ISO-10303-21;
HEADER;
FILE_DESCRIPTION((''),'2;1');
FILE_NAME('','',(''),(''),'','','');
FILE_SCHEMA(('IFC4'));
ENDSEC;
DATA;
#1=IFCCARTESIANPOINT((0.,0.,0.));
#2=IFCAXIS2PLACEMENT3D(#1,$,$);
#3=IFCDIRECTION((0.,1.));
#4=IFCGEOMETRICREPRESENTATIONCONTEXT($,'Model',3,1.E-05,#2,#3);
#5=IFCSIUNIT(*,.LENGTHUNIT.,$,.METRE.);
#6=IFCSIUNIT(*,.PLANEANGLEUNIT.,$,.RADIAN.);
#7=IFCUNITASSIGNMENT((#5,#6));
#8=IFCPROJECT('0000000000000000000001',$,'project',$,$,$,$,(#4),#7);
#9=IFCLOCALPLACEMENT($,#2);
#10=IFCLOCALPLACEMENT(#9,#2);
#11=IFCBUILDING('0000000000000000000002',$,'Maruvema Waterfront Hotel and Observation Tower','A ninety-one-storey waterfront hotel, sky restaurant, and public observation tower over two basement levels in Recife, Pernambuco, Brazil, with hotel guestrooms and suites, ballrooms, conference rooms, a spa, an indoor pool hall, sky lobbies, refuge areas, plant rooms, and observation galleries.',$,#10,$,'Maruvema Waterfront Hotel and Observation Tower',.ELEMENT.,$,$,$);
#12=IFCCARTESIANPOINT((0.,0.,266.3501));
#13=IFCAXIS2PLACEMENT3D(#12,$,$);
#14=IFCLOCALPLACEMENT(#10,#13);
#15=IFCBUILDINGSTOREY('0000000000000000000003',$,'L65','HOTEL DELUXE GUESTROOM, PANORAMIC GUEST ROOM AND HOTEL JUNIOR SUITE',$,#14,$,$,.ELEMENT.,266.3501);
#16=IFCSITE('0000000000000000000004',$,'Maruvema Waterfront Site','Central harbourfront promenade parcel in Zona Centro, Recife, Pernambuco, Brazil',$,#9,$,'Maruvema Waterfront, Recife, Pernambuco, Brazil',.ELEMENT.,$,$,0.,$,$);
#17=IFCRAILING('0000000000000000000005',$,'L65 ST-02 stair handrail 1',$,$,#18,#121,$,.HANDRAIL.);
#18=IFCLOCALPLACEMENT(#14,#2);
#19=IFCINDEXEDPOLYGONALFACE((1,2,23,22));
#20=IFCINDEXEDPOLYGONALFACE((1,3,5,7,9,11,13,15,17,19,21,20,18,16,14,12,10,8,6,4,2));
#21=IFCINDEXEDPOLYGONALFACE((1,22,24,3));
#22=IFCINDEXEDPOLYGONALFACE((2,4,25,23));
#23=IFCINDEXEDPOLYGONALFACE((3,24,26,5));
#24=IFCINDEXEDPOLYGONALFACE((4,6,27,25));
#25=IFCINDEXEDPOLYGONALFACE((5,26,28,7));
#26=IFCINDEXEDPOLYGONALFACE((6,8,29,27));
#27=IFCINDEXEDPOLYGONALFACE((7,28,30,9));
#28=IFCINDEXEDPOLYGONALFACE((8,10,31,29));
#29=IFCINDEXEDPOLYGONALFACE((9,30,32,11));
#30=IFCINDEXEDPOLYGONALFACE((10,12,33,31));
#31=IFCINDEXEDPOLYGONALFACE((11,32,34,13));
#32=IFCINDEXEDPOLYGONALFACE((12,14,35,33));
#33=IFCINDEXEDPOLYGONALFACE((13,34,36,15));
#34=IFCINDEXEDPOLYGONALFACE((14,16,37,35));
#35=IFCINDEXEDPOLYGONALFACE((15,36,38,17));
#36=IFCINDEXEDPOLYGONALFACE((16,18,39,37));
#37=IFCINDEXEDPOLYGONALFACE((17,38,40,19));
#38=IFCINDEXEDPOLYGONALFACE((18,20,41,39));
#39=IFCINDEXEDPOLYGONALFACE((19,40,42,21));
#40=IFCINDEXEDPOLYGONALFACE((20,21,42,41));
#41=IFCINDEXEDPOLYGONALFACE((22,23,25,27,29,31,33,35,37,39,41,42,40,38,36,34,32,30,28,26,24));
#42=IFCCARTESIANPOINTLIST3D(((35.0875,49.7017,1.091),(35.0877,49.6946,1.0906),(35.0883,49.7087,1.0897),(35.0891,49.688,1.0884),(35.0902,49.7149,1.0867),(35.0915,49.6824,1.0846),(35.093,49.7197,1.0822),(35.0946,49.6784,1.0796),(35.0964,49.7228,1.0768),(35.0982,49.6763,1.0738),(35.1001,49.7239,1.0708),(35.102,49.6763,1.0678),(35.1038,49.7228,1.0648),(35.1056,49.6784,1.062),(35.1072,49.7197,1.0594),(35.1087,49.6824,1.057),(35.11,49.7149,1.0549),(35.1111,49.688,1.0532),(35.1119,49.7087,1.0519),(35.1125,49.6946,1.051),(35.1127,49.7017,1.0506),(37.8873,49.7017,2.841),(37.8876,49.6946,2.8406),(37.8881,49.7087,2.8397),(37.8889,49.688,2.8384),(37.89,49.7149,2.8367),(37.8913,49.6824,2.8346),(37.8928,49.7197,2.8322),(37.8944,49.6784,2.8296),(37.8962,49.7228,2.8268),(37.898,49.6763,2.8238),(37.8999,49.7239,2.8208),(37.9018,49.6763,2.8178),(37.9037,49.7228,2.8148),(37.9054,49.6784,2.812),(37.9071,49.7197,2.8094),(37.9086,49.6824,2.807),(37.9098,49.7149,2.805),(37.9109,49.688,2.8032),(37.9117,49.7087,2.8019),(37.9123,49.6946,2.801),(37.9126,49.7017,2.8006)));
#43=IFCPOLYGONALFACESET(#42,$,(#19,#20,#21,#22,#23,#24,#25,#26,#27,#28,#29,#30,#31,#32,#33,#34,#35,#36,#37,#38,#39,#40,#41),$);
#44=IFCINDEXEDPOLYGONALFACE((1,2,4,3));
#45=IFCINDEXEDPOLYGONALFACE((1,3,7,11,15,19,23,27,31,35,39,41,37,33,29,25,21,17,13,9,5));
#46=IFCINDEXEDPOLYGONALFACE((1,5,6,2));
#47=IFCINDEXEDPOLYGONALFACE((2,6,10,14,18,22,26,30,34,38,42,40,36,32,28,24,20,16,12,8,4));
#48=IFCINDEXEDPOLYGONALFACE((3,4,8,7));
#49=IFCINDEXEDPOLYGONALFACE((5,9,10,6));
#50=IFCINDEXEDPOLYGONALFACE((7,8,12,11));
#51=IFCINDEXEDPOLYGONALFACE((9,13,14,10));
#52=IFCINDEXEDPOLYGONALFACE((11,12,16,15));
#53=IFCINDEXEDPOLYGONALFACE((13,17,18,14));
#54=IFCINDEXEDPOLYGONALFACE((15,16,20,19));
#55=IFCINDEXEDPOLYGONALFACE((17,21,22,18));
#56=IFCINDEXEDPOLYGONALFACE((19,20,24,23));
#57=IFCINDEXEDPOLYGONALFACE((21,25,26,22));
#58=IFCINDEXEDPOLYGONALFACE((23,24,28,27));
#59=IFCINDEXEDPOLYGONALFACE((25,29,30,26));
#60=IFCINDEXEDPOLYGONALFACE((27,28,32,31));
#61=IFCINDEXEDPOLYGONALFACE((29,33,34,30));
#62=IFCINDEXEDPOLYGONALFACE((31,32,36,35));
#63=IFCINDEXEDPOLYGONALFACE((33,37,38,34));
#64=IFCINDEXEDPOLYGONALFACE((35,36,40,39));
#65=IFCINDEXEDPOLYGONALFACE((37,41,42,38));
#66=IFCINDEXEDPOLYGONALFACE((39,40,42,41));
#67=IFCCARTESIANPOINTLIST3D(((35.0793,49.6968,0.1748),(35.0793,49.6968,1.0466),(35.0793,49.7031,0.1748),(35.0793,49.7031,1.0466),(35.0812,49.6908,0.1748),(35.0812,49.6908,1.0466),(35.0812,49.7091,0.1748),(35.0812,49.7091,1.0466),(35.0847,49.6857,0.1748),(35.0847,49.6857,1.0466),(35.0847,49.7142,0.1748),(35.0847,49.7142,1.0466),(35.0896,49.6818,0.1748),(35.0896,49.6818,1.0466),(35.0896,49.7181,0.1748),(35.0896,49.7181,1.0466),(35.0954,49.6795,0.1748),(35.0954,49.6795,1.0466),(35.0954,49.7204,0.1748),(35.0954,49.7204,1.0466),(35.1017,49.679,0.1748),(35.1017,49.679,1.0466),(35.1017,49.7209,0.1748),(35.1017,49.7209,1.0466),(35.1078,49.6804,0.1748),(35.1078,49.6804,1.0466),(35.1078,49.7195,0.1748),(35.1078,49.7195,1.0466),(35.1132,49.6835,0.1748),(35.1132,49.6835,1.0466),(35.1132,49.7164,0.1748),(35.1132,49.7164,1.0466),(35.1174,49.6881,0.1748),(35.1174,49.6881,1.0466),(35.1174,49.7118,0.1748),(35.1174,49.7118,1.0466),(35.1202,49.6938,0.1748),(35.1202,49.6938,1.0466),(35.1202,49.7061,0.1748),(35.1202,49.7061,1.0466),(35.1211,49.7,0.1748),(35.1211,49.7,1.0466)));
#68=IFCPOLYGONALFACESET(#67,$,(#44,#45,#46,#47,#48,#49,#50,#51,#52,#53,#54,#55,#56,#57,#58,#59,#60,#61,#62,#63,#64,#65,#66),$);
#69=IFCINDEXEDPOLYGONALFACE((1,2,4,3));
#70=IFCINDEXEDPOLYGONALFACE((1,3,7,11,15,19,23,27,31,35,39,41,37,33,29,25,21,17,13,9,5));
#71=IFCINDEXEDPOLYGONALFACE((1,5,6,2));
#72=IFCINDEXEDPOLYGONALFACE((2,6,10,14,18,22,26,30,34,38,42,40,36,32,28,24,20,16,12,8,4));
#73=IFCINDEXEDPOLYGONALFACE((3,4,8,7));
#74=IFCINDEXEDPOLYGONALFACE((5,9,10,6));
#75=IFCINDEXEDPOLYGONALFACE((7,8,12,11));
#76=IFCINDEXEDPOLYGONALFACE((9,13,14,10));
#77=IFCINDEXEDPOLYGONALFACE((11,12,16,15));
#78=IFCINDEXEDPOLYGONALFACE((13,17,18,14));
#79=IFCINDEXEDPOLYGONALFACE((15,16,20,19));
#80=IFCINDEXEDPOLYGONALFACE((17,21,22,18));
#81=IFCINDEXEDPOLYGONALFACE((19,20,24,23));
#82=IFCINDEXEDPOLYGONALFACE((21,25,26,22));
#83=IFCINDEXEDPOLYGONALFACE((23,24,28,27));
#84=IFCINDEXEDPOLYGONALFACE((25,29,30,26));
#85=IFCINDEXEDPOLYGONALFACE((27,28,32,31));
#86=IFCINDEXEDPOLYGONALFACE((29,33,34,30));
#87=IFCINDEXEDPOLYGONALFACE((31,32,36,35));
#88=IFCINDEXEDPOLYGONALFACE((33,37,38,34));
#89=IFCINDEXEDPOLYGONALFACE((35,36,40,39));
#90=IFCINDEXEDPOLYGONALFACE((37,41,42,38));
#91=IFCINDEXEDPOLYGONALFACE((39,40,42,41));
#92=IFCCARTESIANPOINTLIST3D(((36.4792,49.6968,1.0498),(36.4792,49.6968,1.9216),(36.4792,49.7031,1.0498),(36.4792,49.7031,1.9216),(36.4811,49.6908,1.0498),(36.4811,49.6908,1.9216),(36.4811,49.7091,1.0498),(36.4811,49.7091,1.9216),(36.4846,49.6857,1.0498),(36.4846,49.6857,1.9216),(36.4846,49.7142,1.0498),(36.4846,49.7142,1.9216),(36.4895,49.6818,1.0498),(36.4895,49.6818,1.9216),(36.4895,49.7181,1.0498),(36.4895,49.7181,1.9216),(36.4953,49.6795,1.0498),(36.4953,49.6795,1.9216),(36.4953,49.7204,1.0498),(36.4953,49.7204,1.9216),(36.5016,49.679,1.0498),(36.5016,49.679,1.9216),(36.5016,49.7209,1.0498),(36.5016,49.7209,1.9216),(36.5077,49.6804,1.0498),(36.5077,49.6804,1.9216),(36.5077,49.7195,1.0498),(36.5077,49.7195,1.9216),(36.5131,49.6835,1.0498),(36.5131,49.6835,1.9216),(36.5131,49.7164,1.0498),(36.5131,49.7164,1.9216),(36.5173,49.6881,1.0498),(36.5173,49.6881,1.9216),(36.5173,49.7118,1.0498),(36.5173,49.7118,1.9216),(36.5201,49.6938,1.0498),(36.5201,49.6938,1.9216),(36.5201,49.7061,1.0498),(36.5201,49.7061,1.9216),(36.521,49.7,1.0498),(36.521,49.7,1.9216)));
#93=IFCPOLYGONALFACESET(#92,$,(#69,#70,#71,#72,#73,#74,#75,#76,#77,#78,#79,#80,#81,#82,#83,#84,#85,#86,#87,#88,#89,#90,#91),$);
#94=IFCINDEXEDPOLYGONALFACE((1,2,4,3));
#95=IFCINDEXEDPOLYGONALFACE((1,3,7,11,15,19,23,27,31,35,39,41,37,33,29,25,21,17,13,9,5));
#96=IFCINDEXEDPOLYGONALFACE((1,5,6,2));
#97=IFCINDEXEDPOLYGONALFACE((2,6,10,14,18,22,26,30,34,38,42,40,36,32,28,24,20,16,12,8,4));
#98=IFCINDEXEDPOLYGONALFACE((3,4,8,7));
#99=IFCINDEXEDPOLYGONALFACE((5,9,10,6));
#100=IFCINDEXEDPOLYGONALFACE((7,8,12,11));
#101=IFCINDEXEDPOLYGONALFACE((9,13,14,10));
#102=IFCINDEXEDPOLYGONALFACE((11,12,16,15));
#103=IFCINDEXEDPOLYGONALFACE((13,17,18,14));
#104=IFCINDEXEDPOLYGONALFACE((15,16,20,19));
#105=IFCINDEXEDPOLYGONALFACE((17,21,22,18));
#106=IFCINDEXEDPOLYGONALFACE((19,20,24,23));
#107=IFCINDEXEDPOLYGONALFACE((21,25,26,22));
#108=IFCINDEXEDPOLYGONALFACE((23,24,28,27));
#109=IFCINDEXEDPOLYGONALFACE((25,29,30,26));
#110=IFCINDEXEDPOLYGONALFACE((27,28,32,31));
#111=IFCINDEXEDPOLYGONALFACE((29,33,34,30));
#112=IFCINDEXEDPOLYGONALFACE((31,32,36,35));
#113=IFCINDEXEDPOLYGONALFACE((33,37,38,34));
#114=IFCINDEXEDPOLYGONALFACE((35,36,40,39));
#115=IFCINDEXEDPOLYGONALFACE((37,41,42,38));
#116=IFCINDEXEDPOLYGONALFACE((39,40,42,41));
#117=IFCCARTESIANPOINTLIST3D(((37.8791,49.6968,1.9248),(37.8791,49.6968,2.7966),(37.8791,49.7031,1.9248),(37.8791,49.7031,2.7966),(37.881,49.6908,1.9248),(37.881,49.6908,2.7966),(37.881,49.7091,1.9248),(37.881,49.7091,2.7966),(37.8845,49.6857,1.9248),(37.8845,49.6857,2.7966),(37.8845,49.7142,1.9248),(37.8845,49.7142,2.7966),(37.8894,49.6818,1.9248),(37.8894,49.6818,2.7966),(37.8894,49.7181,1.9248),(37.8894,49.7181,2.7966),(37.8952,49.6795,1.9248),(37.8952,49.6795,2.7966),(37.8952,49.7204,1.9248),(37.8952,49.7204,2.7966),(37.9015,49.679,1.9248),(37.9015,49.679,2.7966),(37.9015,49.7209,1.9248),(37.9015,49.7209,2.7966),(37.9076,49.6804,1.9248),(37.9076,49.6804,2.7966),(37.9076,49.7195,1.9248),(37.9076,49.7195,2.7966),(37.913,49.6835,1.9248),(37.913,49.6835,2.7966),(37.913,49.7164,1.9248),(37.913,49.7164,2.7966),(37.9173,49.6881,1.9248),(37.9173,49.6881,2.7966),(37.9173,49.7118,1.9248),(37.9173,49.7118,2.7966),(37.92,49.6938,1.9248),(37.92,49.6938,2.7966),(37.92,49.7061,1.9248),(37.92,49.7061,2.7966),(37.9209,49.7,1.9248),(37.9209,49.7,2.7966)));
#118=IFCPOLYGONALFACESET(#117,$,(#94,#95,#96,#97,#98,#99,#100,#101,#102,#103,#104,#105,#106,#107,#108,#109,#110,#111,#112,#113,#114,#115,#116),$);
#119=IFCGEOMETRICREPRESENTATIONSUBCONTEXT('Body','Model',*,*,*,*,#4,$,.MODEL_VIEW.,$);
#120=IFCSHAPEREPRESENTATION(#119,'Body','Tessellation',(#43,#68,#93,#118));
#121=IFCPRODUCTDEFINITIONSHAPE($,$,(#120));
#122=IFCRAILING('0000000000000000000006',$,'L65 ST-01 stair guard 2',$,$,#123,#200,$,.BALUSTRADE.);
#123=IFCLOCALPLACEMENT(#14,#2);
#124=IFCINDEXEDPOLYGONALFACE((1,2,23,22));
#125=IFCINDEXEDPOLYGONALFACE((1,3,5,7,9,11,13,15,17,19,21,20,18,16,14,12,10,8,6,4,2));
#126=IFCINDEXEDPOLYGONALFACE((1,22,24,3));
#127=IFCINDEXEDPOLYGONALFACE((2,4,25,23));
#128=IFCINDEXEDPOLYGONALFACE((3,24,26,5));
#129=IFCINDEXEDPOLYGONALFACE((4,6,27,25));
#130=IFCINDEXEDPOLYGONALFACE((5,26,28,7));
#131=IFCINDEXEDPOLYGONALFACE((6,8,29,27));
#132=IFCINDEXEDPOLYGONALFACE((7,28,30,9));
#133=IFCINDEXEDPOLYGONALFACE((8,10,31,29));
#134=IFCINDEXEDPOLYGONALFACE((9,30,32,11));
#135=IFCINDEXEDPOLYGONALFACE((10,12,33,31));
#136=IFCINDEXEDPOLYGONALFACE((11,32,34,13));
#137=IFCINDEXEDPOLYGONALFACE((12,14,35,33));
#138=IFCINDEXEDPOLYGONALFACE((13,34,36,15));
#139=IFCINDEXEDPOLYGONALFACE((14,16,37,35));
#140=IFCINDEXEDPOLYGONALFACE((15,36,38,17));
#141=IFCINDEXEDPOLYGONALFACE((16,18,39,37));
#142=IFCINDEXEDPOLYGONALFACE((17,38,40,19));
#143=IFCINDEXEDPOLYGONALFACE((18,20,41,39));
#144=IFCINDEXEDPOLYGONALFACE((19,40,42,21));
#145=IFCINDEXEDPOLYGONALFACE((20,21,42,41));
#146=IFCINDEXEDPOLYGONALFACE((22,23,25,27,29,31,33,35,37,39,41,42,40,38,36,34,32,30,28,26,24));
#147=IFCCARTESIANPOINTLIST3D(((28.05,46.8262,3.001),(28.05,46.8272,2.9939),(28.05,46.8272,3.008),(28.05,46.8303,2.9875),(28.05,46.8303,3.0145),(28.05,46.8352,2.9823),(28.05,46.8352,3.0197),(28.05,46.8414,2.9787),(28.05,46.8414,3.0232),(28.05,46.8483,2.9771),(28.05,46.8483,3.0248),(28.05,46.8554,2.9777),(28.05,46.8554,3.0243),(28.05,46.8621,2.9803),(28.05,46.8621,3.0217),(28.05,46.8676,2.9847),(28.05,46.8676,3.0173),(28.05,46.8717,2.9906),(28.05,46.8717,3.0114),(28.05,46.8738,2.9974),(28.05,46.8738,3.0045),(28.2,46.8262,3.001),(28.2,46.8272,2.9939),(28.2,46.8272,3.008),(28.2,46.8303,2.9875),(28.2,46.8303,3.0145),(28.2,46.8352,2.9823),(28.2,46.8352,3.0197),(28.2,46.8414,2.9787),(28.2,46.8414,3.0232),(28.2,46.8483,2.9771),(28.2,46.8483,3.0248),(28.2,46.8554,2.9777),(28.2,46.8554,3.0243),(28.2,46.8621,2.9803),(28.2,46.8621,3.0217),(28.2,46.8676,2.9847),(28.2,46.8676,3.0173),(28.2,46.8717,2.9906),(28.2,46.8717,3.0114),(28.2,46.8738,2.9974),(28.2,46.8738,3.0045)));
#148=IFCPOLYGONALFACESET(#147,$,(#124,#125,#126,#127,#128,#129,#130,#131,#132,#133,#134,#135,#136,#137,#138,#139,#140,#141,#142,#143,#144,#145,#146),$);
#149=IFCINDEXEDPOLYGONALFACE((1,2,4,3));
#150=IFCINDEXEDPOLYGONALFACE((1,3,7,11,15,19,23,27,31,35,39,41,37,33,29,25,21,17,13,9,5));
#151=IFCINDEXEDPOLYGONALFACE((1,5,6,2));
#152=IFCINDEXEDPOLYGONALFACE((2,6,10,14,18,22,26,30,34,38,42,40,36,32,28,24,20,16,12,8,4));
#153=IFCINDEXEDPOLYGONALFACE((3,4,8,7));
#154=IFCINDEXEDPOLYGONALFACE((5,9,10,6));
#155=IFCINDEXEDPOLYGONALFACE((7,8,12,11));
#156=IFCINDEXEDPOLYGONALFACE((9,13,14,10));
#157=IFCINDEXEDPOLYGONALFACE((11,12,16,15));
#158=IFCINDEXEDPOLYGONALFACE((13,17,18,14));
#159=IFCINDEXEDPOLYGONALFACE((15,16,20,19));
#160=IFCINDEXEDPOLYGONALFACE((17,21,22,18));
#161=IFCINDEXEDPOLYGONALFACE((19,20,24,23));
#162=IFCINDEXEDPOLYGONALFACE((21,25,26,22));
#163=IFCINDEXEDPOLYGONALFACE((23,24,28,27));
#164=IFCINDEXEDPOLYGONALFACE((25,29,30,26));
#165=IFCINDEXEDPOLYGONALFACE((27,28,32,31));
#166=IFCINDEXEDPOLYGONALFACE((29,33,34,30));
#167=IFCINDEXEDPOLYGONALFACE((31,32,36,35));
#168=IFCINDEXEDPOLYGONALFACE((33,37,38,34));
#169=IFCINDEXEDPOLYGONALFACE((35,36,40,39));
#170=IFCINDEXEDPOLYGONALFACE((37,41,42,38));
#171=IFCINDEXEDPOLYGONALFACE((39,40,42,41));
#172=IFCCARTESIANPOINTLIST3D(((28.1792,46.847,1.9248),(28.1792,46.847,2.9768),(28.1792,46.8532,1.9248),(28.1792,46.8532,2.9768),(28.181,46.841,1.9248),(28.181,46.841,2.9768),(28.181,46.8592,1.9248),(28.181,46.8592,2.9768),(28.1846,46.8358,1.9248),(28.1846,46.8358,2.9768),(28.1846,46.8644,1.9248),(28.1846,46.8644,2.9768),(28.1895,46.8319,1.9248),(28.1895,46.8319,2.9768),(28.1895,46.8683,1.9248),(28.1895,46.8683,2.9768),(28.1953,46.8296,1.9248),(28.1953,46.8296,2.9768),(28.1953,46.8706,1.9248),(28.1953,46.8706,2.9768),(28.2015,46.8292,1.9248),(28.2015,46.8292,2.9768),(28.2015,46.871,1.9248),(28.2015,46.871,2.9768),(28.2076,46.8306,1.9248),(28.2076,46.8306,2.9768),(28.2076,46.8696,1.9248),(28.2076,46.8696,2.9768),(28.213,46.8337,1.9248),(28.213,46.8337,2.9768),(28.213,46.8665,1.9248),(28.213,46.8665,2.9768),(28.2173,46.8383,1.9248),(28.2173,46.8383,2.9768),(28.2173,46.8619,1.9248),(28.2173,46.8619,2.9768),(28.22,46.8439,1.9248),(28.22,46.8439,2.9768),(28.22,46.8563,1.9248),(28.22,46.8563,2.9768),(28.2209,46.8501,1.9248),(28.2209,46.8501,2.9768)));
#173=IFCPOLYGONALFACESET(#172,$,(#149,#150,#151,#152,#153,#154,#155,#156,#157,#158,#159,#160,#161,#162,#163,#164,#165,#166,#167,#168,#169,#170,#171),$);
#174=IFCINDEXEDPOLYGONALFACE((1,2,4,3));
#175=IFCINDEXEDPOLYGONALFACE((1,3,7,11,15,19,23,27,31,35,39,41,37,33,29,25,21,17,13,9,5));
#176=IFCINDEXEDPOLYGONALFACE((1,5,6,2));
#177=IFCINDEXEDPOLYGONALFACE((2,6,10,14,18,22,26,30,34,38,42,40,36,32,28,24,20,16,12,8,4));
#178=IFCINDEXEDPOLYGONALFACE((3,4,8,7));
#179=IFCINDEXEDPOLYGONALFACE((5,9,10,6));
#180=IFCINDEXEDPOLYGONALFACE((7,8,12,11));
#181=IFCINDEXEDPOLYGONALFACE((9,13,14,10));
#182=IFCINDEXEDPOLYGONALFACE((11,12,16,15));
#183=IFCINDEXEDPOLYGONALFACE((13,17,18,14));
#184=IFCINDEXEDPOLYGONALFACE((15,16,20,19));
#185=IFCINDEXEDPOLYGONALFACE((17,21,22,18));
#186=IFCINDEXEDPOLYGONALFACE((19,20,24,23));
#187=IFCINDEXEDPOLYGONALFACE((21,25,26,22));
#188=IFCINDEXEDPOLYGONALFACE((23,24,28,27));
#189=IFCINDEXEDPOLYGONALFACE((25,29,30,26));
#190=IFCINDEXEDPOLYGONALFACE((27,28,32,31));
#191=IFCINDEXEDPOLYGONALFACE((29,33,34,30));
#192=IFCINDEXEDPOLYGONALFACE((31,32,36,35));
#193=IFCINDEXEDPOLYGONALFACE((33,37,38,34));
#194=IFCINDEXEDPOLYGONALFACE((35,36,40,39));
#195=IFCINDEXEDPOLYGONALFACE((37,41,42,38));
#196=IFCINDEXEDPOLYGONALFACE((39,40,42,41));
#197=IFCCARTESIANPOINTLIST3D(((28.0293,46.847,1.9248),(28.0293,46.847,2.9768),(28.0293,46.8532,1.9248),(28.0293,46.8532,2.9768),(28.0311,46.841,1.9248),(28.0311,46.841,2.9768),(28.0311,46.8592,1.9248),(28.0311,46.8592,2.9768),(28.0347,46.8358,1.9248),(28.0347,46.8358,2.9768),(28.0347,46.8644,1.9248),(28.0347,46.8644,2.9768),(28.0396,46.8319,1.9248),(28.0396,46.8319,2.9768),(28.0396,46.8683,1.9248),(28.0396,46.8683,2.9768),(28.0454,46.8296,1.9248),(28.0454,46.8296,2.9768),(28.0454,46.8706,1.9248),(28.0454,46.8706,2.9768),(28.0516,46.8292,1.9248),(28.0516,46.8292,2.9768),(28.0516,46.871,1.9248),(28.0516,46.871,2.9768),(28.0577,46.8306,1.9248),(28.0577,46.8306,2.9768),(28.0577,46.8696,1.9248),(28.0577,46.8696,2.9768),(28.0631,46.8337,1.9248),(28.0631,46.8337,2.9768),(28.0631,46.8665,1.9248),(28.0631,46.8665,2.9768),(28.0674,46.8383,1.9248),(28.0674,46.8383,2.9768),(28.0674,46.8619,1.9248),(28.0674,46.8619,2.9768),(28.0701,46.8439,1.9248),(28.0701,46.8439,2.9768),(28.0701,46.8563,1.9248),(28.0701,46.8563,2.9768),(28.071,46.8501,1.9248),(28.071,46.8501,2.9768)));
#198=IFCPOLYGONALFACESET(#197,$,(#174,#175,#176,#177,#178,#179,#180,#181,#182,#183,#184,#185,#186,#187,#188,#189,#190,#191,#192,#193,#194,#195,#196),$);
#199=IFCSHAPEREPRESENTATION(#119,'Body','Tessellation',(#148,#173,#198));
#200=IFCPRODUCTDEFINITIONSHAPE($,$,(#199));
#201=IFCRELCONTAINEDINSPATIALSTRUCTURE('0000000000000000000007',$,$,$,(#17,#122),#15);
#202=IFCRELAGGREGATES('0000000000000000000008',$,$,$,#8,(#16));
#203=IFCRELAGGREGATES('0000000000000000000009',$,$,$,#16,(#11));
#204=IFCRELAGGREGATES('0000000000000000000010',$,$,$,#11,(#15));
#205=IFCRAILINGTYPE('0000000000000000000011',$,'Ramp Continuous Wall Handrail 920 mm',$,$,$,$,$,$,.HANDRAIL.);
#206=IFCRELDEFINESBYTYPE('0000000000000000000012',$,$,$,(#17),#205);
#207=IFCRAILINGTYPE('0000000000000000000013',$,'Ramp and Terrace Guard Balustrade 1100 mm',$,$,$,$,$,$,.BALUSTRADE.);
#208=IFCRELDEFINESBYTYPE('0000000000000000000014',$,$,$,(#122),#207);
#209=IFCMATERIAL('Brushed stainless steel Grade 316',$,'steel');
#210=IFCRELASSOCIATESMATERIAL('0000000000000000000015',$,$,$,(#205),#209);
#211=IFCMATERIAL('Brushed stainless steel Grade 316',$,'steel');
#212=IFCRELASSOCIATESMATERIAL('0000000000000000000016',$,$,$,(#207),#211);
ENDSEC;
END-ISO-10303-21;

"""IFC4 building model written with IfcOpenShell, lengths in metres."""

from ifc_helpers import new_model, si_unit, direction, frame, origin, origin_2d, place, context, subcontext, project, spatial, circle, extrude, material, type_object, element, save


model = new_model("IFC4")

# Units and contexts
model_context = context("Model", 3, precision=1e-05, world=origin(), true_north=direction((0.0, 1.0)))
body_context = subcontext(model_context, "Body", "Model", "MODEL_VIEW")
ifc_project = project(units=[si_unit("LENGTHUNIT", "METRE"), si_unit("PLANEANGLEUNIT", "RADIAN")], contexts=[model_context])

# Site, building, storey
site_placement = place(None, origin())
site = spatial("IfcSite", under=ifc_project, at=site_placement, Name="Maruvema Waterfront Site", Description="Central harbourfront promenade parcel in Zona Centro, Recife, Pernambuco, Brazil", LongName="Maruvema Waterfront, Recife, Pernambuco, Brazil", CompositionType="ELEMENT", RefElevation=0.0)
building_placement = place(site_placement, origin())
building = spatial("IfcBuilding", under=site, at=building_placement, Name="Maruvema Waterfront Hotel and Observation Tower", Description="A ninety-one-storey waterfront hotel, sky restaurant, and public observation tower over two basement levels in Recife, Pernambuco, Brazil, with hotel guestrooms and suites, ballrooms, conference rooms, a spa, an indoor pool hall, sky lobbies, refuge areas, plant rooms, and observation galleries.", LongName="Maruvema Waterfront Hotel and Observation Tower", CompositionType="ELEMENT")
storey_placement = place(building_placement, frame((0.0, 0.0, 266.3501)))
storey = spatial("IfcBuildingStorey", under=building, at=storey_placement, Name="L65", Description="HOTEL DELUXE GUESTROOM, PANORAMIC GUEST ROOM AND HOTEL JUNIOR SUITE", CompositionType="ELEMENT", Elevation=266.3501)

# Railings
ifc_material_1 = material(Name="Brushed stainless steel Grade 316", Category="steel")
railing_type_1 = type_object("IfcRailingType", Name="Ramp Continuous Wall Handrail 920 mm", PredefinedType="HANDRAIL", material=ifc_material_1)
railing_1_placement = place(storey_placement, frame((35.1001, 49.7, 0.1748)))
element("IfcRailing", 1, at=railing_1_placement, inside=storey, type_object=railing_type_1, Name="L65 ST-02 stair handrail 1", PredefinedType="HANDRAIL", context=body_context, shape_type="SweptSolid", body=[
    extrude(circle(Radius=0.0239, at=origin_2d()), frame((0.0, 0.0, 0.896), z_axis=(0.847982, 0.0, 0.530026), x_axis=(0.0, 1.0, 0.0)), (0.0, 0.0, 1.0), 3.3018),
    extrude(circle(Radius=0.021, at=origin_2d()), origin(), (0.0, 0.0, 1.0), 0.8718),
    extrude(circle(Radius=0.021, at=origin_2d()), frame((1.3999, 0.0, 0.875)), (0.0, 0.0, 1.0), 0.8718),
    extrude(circle(Radius=0.021, at=origin_2d()), frame((2.7998, 0.0, 1.75)), (0.0, 0.0, 1.0), 0.8718),
])
ifc_material_2 = material(Name="Brushed stainless steel Grade 316", Category="steel")
railing_type_2 = type_object("IfcRailingType", Name="Ramp and Terrace Guard Balustrade 1100 mm", PredefinedType="BALUSTRADE", material=ifc_material_2)
railing_2_placement = place(storey_placement, frame((28.2, 46.8501, 1.9248)))
element("IfcRailing", 2, at=railing_2_placement, inside=storey, type_object=railing_type_2, Name="L65 ST-01 stair guard 2", PredefinedType="BALUSTRADE", context=body_context, shape_type="SweptSolid", body=[
    extrude(circle(Radius=0.0239, at=origin_2d()), frame((0.0, 0.0, 1.0762), z_axis=(-1.0, 0.0, 0.0), x_axis=(0.0, -1.0, 0.0)), (0.0, 0.0, 1.0), 0.1499),
    extrude(circle(Radius=0.021, at=origin_2d()), origin(), (0.0, 0.0, 1.0), 1.052),
    extrude(circle(Radius=0.021, at=origin_2d()), frame((-0.1499, 0.0, 0.0)), (0.0, 0.0, 1.0), 1.052),
])

save(model, "model.ifc")
